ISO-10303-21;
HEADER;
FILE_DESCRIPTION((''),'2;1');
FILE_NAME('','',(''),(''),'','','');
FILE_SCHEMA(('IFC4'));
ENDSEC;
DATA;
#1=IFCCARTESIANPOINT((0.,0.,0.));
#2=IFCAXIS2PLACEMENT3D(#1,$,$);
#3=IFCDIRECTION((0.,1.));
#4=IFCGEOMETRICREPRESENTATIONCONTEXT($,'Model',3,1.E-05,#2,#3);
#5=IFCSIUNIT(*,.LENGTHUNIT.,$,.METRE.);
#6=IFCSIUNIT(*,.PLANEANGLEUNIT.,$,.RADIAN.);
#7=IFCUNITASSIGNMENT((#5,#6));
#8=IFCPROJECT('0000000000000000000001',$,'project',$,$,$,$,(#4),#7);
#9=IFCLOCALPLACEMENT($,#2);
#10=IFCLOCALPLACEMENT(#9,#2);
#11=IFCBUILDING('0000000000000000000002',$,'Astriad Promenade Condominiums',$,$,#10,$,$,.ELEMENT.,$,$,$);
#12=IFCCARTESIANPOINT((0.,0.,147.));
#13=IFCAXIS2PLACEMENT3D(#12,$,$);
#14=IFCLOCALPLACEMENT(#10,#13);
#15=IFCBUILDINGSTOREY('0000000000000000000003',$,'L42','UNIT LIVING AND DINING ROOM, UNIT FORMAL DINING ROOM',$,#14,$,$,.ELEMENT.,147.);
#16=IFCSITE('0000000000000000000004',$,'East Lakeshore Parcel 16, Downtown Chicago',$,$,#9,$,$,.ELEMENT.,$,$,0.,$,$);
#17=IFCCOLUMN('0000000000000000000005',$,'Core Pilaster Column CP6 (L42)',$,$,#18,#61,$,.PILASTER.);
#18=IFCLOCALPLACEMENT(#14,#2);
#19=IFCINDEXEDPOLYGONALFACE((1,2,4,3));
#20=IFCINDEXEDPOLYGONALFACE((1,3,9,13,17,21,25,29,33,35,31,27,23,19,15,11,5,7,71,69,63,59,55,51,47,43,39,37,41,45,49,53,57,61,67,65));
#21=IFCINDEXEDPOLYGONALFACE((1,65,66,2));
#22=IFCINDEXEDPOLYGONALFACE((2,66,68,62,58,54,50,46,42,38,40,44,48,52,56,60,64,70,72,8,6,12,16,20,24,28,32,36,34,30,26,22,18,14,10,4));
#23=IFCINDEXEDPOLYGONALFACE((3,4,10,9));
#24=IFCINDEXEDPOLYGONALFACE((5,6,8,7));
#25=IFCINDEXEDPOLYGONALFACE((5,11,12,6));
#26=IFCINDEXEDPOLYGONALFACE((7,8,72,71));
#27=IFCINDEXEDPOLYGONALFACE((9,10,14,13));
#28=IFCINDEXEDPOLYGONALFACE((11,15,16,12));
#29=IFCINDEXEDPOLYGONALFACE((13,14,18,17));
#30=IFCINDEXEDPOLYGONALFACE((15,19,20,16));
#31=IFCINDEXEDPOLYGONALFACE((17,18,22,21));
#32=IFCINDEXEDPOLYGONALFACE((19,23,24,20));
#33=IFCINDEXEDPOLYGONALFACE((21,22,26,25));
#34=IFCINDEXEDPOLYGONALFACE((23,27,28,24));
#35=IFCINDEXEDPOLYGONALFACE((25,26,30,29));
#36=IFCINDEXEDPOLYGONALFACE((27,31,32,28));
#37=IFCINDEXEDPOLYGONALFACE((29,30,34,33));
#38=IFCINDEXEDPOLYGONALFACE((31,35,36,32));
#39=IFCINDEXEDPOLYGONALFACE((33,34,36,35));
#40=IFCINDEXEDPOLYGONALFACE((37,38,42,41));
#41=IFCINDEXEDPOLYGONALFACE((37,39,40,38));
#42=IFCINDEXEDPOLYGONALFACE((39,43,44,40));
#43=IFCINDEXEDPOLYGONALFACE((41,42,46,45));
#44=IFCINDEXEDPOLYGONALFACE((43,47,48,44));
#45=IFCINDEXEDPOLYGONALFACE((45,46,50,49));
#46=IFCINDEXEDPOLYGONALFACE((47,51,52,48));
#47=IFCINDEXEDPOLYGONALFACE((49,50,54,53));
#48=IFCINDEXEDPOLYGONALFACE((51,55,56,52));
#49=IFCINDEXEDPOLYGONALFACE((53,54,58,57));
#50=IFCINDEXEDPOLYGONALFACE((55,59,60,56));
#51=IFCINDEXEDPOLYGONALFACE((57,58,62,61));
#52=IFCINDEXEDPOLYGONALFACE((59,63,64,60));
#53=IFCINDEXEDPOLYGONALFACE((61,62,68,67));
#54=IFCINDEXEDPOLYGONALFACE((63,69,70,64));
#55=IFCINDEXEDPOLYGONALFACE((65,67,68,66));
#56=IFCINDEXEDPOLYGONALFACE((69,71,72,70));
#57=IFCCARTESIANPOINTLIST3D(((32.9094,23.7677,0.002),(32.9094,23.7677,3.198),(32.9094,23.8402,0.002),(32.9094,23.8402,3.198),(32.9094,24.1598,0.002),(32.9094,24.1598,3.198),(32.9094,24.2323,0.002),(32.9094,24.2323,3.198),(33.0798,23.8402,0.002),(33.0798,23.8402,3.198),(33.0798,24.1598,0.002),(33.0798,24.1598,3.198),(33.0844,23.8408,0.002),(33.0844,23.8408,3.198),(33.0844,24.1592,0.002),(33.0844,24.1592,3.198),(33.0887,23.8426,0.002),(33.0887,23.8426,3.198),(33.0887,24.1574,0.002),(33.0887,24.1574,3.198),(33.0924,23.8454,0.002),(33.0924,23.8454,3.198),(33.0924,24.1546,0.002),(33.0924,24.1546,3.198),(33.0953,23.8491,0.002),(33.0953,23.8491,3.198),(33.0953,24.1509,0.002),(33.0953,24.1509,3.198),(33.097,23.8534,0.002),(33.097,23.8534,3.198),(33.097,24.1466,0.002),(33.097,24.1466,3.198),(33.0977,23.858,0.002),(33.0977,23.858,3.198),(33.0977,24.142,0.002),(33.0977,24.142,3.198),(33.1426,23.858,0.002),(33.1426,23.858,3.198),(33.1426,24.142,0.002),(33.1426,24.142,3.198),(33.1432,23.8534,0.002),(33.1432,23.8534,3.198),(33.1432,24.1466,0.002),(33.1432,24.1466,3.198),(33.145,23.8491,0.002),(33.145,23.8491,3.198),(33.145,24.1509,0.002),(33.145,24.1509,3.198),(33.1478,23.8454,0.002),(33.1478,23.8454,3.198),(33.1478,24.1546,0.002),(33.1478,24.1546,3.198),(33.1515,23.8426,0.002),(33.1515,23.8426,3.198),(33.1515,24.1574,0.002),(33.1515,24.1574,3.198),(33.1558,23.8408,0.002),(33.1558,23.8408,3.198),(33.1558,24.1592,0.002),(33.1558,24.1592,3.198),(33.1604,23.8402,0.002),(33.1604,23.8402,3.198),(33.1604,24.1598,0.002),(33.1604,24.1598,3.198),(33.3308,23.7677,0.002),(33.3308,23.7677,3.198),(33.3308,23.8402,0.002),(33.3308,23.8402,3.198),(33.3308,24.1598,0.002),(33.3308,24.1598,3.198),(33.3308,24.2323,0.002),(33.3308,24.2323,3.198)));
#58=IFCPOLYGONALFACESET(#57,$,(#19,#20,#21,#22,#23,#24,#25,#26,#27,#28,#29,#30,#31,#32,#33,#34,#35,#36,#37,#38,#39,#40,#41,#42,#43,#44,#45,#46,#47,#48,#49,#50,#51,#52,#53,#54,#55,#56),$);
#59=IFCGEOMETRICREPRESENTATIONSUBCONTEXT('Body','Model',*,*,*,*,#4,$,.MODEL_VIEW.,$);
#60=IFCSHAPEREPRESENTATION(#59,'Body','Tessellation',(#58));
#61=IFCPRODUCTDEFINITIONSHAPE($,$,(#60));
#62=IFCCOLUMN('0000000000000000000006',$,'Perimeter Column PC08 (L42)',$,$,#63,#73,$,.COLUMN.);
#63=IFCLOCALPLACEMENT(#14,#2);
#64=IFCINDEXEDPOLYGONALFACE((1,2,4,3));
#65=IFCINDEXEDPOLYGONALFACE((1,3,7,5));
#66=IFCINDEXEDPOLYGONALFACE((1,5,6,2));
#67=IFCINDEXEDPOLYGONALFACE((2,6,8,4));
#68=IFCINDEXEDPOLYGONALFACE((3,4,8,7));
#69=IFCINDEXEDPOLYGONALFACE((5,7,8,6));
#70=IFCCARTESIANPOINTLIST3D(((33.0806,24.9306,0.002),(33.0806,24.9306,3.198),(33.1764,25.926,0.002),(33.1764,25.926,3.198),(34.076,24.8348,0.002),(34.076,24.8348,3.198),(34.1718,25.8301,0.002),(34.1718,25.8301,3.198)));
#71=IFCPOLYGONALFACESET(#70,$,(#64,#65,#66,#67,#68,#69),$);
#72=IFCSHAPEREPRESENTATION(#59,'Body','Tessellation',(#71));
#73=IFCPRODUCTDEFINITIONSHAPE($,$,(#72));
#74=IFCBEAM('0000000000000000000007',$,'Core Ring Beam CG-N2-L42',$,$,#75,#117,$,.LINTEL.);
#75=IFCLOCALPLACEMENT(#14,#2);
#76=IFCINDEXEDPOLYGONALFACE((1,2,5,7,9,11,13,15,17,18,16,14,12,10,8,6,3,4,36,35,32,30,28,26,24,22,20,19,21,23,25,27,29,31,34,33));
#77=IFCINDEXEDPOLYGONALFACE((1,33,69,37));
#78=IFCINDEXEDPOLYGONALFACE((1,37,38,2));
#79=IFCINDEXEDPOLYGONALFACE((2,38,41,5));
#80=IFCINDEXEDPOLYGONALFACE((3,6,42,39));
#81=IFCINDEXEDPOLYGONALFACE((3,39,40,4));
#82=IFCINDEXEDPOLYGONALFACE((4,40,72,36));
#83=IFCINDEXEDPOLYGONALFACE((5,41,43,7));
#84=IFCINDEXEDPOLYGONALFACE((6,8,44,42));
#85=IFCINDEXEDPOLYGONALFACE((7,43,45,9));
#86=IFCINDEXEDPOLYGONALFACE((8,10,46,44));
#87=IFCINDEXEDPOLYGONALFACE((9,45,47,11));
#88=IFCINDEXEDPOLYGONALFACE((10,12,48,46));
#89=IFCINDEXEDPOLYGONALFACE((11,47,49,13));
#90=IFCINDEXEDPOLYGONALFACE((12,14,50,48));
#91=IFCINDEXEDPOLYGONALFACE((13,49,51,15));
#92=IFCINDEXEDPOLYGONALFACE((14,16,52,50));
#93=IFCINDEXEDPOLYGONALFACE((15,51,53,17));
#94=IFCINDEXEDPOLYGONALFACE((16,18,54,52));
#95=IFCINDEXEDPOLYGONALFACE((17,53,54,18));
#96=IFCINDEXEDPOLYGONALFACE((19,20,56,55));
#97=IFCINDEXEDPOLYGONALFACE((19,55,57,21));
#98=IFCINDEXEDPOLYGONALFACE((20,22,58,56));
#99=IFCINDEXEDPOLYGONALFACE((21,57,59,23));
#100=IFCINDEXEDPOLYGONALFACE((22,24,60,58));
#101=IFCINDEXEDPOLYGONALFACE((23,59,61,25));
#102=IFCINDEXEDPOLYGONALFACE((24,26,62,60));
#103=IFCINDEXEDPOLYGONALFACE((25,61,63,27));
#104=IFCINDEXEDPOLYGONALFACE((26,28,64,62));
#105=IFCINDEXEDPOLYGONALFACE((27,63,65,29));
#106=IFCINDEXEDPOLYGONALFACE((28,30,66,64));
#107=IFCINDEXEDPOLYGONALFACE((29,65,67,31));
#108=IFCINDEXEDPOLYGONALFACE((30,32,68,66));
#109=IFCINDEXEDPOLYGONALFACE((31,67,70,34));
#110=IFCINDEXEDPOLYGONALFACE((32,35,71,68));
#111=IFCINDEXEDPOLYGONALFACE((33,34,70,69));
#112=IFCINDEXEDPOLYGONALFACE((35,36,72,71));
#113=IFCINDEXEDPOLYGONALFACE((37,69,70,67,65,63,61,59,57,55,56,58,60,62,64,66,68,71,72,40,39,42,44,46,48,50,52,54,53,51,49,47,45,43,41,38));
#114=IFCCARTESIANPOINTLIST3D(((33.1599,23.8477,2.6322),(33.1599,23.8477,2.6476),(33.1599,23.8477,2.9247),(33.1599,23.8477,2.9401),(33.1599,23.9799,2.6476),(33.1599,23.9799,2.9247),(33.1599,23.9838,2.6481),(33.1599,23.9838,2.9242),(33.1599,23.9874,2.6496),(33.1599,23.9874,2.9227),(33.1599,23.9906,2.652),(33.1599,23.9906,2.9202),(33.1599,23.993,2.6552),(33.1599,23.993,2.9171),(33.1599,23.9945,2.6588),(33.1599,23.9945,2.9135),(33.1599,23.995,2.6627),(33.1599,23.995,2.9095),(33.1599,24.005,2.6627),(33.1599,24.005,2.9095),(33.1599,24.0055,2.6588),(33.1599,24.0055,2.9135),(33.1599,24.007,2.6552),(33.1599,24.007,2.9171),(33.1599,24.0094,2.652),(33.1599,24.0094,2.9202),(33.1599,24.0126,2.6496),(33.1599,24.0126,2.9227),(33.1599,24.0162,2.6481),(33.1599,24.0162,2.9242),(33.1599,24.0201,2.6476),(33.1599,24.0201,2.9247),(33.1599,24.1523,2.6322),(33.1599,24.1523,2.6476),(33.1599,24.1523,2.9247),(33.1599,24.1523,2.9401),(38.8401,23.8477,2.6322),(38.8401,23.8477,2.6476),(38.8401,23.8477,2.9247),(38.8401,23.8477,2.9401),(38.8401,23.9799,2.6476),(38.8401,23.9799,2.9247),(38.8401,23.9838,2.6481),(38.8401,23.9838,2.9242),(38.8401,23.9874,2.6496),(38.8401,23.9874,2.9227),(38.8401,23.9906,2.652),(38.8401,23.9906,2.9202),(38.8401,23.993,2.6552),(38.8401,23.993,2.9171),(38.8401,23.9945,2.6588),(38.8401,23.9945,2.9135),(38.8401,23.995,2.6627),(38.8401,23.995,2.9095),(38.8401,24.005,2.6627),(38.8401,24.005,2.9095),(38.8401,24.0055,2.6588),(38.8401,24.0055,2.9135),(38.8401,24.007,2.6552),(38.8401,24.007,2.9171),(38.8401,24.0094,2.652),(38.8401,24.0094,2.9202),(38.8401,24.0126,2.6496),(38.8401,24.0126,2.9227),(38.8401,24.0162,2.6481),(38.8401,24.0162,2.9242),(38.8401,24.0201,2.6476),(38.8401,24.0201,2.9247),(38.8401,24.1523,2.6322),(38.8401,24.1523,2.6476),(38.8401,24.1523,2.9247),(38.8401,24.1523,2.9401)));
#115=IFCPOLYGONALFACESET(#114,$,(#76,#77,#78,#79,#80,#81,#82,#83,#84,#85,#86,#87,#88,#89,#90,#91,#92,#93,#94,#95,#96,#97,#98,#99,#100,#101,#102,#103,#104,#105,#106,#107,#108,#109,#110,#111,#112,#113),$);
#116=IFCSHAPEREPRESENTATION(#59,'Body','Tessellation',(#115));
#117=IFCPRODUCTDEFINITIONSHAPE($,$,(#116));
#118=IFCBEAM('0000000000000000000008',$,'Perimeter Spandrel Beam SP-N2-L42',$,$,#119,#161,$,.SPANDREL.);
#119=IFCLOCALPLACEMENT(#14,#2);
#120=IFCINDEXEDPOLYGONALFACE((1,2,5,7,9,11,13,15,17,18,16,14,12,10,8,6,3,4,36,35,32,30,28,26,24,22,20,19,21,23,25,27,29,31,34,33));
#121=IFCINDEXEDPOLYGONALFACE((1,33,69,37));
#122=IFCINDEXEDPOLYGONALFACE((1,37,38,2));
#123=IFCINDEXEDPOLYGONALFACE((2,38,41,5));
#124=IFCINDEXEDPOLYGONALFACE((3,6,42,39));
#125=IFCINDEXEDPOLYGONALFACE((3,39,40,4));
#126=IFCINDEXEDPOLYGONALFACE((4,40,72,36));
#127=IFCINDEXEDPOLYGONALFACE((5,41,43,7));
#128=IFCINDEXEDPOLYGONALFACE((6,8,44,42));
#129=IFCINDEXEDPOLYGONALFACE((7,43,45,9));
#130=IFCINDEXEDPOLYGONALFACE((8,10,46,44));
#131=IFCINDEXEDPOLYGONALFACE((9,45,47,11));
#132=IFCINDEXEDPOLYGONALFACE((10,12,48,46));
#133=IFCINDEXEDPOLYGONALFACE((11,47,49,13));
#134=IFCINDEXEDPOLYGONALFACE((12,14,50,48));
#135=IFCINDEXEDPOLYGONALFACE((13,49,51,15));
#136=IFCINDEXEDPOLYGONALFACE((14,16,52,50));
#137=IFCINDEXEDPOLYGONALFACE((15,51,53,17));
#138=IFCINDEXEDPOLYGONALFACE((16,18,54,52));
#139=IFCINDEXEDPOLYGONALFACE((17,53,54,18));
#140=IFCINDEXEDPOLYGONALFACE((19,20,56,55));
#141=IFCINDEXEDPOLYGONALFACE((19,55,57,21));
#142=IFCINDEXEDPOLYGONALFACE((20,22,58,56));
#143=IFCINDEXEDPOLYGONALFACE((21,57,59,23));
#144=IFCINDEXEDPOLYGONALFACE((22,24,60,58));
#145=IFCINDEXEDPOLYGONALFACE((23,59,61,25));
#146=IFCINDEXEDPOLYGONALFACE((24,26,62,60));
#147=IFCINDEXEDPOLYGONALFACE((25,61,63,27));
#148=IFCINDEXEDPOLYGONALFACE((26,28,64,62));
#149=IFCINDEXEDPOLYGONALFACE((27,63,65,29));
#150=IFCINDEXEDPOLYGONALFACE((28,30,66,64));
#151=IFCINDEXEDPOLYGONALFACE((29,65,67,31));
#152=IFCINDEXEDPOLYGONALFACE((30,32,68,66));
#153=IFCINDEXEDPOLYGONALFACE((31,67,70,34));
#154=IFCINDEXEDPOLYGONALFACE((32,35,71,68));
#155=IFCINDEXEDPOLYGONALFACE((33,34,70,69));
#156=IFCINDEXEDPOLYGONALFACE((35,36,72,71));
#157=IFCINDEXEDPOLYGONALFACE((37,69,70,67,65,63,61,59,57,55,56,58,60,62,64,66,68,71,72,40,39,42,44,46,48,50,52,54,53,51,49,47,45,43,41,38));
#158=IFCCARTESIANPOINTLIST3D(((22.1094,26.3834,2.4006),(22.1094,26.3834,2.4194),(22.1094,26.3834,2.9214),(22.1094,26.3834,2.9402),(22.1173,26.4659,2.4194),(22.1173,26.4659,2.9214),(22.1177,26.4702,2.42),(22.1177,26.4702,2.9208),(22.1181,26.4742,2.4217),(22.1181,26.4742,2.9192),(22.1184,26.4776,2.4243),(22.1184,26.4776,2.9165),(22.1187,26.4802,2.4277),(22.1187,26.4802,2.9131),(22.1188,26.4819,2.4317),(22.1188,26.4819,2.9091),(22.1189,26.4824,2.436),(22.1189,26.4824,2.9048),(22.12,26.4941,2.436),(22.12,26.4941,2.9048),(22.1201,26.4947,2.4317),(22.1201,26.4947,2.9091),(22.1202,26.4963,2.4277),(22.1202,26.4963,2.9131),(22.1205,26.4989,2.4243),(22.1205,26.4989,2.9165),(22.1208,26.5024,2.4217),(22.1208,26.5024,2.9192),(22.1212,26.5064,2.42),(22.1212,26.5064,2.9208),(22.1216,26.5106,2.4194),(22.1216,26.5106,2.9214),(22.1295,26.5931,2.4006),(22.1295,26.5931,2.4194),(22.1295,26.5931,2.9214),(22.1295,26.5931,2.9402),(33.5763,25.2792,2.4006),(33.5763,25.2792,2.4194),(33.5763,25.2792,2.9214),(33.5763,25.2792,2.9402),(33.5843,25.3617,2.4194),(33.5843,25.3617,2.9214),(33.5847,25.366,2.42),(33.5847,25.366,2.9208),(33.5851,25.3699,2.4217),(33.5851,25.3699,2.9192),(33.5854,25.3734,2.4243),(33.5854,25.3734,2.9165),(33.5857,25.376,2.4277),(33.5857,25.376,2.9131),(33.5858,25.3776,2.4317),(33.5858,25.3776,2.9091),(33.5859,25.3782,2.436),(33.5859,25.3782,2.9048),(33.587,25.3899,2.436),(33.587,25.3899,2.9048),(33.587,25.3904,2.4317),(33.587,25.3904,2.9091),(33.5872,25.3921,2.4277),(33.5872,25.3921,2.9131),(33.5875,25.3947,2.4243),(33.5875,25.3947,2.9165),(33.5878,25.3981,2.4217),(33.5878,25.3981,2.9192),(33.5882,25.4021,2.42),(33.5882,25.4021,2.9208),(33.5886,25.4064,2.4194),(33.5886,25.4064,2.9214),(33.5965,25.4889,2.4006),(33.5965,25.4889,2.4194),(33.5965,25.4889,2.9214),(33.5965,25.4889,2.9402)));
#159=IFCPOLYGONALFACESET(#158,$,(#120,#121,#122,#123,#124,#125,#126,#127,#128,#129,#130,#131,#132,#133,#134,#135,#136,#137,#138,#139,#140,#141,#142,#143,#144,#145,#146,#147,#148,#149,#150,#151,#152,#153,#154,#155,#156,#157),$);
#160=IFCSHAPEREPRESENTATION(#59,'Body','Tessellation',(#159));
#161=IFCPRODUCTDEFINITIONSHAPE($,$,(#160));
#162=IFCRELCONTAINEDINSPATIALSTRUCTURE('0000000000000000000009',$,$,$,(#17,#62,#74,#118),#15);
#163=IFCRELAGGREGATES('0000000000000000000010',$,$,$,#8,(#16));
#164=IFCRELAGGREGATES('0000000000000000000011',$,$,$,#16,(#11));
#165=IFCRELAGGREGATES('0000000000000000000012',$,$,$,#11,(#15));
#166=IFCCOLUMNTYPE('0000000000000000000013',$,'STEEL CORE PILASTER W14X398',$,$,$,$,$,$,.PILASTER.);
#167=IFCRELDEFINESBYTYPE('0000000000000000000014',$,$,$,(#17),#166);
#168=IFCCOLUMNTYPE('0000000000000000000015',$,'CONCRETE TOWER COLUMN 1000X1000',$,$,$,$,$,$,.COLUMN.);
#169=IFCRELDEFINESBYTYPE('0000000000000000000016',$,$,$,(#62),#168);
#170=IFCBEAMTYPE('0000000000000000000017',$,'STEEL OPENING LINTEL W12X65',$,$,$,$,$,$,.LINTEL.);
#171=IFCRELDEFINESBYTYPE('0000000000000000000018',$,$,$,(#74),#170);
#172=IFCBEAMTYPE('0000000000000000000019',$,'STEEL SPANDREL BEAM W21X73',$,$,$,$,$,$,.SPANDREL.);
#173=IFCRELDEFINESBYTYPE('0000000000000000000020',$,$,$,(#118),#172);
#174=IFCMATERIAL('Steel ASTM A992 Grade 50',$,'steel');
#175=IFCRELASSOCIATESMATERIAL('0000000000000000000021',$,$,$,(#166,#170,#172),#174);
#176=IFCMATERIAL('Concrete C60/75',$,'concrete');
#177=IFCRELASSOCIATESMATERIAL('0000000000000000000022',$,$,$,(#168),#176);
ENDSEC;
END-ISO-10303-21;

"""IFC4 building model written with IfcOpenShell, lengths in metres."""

from ifc_helpers import new_model, si_unit, direction, frame, origin, origin_2d, place, context, subcontext, project, spatial, rectangle, i_section, extrude, source, transform, mapped, material, material_profile, profile_set, type_object, type_shapes, element, save


model = new_model("IFC4")

# Units and contexts
model_context = context("Model", 3, precision=1e-05, world=origin(), true_north=direction((0.0, 1.0)))
body_context = subcontext(model_context, "Body", "Model", "MODEL_VIEW")
ifc_project = project(units=[si_unit("LENGTHUNIT", "METRE"), si_unit("PLANEANGLEUNIT", "RADIAN")], contexts=[model_context])

# Site, building, storey
site_placement = place(None, origin())
site = spatial("IfcSite", under=ifc_project, at=site_placement, Name="East Lakeshore Parcel 16, Downtown Chicago", CompositionType="ELEMENT", RefElevation=0.0)
building_placement = place(site_placement, origin())
building = spatial("IfcBuilding", under=site, at=building_placement, Name="Astriad Promenade Condominiums", CompositionType="ELEMENT")
storey_placement = place(building_placement, frame((0.0, 0.0, 147.0)))
storey = spatial("IfcBuildingStorey", under=building, at=storey_placement, Name="L42", Description="UNIT LIVING AND DINING ROOM, UNIT FORMAL DINING ROOM", CompositionType="ELEMENT", Elevation=147.0)

# Columns
ifc_material_1 = material(Name="Steel ASTM A992 Grade 50", Category="steel")
ifc_material_profile_1 = material_profile(ifc_material_1, i_section(OverallWidth=0.4214, OverallDepth=0.4646, WebThickness=0.0449, FlangeThickness=0.0725, FilletRadius=0.0178, at=origin_2d()), Name="W14X398")
ifc_profile_set_1 = profile_set([ifc_material_profile_1], Name="Steel ASTM A992 Grade 50")
column_type_1 = type_object("IfcColumnType", Name="STEEL CORE PILASTER W14X398", PredefinedType="PILASTER", material=ifc_profile_set_1)
shared_shape_1 = source(origin(), body_context, "Body", "SweptSolid", [
    extrude(i_section(OverallWidth=0.4214, OverallDepth=0.4646, WebThickness=0.0449, FlangeThickness=0.0725, FilletRadius=0.0178, at=origin_2d()), origin(), (0.0, 0.0, 1.0), 3.196),
])
type_shapes(column_type_1, [shared_shape_1])
column_1_placement = place(storey_placement, frame((33.1201, 24.0, 0.002), z_axis=(0.0, 0.0, 1.0), x_axis=(1.0, 0.0, 0.0)))
element("IfcColumn", 1, at=column_1_placement, inside=storey, type_object=column_type_1, Name="Core Pilaster Column CP6 (L42)", PredefinedType="PILASTER", context=body_context, shape_type="MappedRepresentation", body=[
    mapped(shared_shape_1, transform((0.0, 0.0, 0.0), scale=1.0)),
])
ifc_material_2 = material(Name="Concrete C60/75", Category="concrete")
ifc_material_profile_2 = material_profile(ifc_material_2, rectangle(XDim=1.0, YDim=1.0, at=origin_2d()), Name="RC-COL-1000X1000")
ifc_profile_set_2 = profile_set([ifc_material_profile_2], Name="Concrete C60/75")
column_type_2 = type_object("IfcColumnType", Name="CONCRETE TOWER COLUMN 1000X1000", PredefinedType="COLUMN", material=ifc_profile_set_2)
shared_shape_2 = source(origin(), body_context, "Body", "SweptSolid", [
    extrude(rectangle(XDim=1.0, YDim=1.0, at=origin_2d()), origin(), (0.0, 0.0, 1.0), 3.196),
])
type_shapes(column_type_2, [shared_shape_2])
column_2_placement = place(storey_placement, frame((33.6262, 25.3804, 0.002), z_axis=(0.0, 0.0, 1.0), x_axis=(0.995396, -0.095846, 0.0)))
element("IfcColumn", 2, at=column_2_placement, inside=storey, type_object=column_type_2, Name="Perimeter Column PC08 (L42)", PredefinedType="COLUMN", context=body_context, shape_type="MappedRepresentation", body=[
    mapped(shared_shape_2, transform((0.0, 0.0, 0.0), scale=1.0)),
])

# Beams
ifc_material_profile_3 = material_profile(ifc_material_1, i_section(OverallWidth=0.3047, OverallDepth=0.3079, WebThickness=0.01, FlangeThickness=0.0154, FilletRadius=0.0151, at=origin_2d()), Name="W12X65")
ifc_profile_set_3 = profile_set([ifc_material_profile_3], Name="Steel ASTM A992 Grade 50")
beam_type_1 = type_object("IfcBeamType", Name="STEEL OPENING LINTEL W12X65", PredefinedType="LINTEL", material=ifc_profile_set_3)
shared_shape_3 = source(origin(), body_context, "Body", "SweptSolid", [
    extrude(i_section(OverallWidth=0.3047, OverallDepth=0.3079, WebThickness=0.01, FlangeThickness=0.0154, FilletRadius=0.0151, at=origin_2d()), origin(), (0.0, 0.0, 1.0), 5.6802),
])
type_shapes(beam_type_1, [shared_shape_3])
beam_1_placement = place(storey_placement, frame((33.1599, 24.0, 2.7861), z_axis=(1.0, 0.0, 0.0), x_axis=(0.0, 1.0, 0.0)))
element("IfcBeam", 3, at=beam_1_placement, inside=storey, type_object=beam_type_1, Name="Core Ring Beam CG-N2-L42", PredefinedType="LINTEL", context=body_context, shape_type="MappedRepresentation", body=[
    mapped(shared_shape_3, transform((0.0, 0.0, 0.0), scale=1.0)),
])
ifc_material_profile_4 = material_profile(ifc_material_1, i_section(OverallWidth=0.2107, OverallDepth=0.5396, WebThickness=0.0117, FlangeThickness=0.0188, FilletRadius=0.0166, at=origin_2d()), Name="W21X73")
ifc_profile_set_4 = profile_set([ifc_material_profile_4], Name="Steel ASTM A992 Grade 50")
beam_type_2 = type_object("IfcBeamType", Name="STEEL SPANDREL BEAM W21X73", PredefinedType="SPANDREL", material=ifc_profile_set_4)
shared_shape_4 = source(origin(), body_context, "Body", "SweptSolid", [
    extrude(i_section(OverallWidth=0.2107, OverallDepth=0.5396, WebThickness=0.0117, FlangeThickness=0.0188, FilletRadius=0.0166, at=origin_2d()), origin(), (0.0, 0.0, 1.0), 11.52),
])
type_shapes(beam_type_2, [shared_shape_4])
beam_2_placement = place(storey_placement, frame((33.5864, 25.384, 2.6704), z_axis=(-0.995395, 0.095854, 0.0), x_axis=(-0.095854, -0.995395, 0.0)))
element("IfcBeam", 4, at=beam_2_placement, inside=storey, type_object=beam_type_2, Name="Perimeter Spandrel Beam SP-N2-L42", PredefinedType="SPANDREL", context=body_context, shape_type="MappedRepresentation", body=[
    mapped(shared_shape_4, transform((0.0, 0.0, 0.0), scale=1.0)),
])

save(model, "model.ifc")
